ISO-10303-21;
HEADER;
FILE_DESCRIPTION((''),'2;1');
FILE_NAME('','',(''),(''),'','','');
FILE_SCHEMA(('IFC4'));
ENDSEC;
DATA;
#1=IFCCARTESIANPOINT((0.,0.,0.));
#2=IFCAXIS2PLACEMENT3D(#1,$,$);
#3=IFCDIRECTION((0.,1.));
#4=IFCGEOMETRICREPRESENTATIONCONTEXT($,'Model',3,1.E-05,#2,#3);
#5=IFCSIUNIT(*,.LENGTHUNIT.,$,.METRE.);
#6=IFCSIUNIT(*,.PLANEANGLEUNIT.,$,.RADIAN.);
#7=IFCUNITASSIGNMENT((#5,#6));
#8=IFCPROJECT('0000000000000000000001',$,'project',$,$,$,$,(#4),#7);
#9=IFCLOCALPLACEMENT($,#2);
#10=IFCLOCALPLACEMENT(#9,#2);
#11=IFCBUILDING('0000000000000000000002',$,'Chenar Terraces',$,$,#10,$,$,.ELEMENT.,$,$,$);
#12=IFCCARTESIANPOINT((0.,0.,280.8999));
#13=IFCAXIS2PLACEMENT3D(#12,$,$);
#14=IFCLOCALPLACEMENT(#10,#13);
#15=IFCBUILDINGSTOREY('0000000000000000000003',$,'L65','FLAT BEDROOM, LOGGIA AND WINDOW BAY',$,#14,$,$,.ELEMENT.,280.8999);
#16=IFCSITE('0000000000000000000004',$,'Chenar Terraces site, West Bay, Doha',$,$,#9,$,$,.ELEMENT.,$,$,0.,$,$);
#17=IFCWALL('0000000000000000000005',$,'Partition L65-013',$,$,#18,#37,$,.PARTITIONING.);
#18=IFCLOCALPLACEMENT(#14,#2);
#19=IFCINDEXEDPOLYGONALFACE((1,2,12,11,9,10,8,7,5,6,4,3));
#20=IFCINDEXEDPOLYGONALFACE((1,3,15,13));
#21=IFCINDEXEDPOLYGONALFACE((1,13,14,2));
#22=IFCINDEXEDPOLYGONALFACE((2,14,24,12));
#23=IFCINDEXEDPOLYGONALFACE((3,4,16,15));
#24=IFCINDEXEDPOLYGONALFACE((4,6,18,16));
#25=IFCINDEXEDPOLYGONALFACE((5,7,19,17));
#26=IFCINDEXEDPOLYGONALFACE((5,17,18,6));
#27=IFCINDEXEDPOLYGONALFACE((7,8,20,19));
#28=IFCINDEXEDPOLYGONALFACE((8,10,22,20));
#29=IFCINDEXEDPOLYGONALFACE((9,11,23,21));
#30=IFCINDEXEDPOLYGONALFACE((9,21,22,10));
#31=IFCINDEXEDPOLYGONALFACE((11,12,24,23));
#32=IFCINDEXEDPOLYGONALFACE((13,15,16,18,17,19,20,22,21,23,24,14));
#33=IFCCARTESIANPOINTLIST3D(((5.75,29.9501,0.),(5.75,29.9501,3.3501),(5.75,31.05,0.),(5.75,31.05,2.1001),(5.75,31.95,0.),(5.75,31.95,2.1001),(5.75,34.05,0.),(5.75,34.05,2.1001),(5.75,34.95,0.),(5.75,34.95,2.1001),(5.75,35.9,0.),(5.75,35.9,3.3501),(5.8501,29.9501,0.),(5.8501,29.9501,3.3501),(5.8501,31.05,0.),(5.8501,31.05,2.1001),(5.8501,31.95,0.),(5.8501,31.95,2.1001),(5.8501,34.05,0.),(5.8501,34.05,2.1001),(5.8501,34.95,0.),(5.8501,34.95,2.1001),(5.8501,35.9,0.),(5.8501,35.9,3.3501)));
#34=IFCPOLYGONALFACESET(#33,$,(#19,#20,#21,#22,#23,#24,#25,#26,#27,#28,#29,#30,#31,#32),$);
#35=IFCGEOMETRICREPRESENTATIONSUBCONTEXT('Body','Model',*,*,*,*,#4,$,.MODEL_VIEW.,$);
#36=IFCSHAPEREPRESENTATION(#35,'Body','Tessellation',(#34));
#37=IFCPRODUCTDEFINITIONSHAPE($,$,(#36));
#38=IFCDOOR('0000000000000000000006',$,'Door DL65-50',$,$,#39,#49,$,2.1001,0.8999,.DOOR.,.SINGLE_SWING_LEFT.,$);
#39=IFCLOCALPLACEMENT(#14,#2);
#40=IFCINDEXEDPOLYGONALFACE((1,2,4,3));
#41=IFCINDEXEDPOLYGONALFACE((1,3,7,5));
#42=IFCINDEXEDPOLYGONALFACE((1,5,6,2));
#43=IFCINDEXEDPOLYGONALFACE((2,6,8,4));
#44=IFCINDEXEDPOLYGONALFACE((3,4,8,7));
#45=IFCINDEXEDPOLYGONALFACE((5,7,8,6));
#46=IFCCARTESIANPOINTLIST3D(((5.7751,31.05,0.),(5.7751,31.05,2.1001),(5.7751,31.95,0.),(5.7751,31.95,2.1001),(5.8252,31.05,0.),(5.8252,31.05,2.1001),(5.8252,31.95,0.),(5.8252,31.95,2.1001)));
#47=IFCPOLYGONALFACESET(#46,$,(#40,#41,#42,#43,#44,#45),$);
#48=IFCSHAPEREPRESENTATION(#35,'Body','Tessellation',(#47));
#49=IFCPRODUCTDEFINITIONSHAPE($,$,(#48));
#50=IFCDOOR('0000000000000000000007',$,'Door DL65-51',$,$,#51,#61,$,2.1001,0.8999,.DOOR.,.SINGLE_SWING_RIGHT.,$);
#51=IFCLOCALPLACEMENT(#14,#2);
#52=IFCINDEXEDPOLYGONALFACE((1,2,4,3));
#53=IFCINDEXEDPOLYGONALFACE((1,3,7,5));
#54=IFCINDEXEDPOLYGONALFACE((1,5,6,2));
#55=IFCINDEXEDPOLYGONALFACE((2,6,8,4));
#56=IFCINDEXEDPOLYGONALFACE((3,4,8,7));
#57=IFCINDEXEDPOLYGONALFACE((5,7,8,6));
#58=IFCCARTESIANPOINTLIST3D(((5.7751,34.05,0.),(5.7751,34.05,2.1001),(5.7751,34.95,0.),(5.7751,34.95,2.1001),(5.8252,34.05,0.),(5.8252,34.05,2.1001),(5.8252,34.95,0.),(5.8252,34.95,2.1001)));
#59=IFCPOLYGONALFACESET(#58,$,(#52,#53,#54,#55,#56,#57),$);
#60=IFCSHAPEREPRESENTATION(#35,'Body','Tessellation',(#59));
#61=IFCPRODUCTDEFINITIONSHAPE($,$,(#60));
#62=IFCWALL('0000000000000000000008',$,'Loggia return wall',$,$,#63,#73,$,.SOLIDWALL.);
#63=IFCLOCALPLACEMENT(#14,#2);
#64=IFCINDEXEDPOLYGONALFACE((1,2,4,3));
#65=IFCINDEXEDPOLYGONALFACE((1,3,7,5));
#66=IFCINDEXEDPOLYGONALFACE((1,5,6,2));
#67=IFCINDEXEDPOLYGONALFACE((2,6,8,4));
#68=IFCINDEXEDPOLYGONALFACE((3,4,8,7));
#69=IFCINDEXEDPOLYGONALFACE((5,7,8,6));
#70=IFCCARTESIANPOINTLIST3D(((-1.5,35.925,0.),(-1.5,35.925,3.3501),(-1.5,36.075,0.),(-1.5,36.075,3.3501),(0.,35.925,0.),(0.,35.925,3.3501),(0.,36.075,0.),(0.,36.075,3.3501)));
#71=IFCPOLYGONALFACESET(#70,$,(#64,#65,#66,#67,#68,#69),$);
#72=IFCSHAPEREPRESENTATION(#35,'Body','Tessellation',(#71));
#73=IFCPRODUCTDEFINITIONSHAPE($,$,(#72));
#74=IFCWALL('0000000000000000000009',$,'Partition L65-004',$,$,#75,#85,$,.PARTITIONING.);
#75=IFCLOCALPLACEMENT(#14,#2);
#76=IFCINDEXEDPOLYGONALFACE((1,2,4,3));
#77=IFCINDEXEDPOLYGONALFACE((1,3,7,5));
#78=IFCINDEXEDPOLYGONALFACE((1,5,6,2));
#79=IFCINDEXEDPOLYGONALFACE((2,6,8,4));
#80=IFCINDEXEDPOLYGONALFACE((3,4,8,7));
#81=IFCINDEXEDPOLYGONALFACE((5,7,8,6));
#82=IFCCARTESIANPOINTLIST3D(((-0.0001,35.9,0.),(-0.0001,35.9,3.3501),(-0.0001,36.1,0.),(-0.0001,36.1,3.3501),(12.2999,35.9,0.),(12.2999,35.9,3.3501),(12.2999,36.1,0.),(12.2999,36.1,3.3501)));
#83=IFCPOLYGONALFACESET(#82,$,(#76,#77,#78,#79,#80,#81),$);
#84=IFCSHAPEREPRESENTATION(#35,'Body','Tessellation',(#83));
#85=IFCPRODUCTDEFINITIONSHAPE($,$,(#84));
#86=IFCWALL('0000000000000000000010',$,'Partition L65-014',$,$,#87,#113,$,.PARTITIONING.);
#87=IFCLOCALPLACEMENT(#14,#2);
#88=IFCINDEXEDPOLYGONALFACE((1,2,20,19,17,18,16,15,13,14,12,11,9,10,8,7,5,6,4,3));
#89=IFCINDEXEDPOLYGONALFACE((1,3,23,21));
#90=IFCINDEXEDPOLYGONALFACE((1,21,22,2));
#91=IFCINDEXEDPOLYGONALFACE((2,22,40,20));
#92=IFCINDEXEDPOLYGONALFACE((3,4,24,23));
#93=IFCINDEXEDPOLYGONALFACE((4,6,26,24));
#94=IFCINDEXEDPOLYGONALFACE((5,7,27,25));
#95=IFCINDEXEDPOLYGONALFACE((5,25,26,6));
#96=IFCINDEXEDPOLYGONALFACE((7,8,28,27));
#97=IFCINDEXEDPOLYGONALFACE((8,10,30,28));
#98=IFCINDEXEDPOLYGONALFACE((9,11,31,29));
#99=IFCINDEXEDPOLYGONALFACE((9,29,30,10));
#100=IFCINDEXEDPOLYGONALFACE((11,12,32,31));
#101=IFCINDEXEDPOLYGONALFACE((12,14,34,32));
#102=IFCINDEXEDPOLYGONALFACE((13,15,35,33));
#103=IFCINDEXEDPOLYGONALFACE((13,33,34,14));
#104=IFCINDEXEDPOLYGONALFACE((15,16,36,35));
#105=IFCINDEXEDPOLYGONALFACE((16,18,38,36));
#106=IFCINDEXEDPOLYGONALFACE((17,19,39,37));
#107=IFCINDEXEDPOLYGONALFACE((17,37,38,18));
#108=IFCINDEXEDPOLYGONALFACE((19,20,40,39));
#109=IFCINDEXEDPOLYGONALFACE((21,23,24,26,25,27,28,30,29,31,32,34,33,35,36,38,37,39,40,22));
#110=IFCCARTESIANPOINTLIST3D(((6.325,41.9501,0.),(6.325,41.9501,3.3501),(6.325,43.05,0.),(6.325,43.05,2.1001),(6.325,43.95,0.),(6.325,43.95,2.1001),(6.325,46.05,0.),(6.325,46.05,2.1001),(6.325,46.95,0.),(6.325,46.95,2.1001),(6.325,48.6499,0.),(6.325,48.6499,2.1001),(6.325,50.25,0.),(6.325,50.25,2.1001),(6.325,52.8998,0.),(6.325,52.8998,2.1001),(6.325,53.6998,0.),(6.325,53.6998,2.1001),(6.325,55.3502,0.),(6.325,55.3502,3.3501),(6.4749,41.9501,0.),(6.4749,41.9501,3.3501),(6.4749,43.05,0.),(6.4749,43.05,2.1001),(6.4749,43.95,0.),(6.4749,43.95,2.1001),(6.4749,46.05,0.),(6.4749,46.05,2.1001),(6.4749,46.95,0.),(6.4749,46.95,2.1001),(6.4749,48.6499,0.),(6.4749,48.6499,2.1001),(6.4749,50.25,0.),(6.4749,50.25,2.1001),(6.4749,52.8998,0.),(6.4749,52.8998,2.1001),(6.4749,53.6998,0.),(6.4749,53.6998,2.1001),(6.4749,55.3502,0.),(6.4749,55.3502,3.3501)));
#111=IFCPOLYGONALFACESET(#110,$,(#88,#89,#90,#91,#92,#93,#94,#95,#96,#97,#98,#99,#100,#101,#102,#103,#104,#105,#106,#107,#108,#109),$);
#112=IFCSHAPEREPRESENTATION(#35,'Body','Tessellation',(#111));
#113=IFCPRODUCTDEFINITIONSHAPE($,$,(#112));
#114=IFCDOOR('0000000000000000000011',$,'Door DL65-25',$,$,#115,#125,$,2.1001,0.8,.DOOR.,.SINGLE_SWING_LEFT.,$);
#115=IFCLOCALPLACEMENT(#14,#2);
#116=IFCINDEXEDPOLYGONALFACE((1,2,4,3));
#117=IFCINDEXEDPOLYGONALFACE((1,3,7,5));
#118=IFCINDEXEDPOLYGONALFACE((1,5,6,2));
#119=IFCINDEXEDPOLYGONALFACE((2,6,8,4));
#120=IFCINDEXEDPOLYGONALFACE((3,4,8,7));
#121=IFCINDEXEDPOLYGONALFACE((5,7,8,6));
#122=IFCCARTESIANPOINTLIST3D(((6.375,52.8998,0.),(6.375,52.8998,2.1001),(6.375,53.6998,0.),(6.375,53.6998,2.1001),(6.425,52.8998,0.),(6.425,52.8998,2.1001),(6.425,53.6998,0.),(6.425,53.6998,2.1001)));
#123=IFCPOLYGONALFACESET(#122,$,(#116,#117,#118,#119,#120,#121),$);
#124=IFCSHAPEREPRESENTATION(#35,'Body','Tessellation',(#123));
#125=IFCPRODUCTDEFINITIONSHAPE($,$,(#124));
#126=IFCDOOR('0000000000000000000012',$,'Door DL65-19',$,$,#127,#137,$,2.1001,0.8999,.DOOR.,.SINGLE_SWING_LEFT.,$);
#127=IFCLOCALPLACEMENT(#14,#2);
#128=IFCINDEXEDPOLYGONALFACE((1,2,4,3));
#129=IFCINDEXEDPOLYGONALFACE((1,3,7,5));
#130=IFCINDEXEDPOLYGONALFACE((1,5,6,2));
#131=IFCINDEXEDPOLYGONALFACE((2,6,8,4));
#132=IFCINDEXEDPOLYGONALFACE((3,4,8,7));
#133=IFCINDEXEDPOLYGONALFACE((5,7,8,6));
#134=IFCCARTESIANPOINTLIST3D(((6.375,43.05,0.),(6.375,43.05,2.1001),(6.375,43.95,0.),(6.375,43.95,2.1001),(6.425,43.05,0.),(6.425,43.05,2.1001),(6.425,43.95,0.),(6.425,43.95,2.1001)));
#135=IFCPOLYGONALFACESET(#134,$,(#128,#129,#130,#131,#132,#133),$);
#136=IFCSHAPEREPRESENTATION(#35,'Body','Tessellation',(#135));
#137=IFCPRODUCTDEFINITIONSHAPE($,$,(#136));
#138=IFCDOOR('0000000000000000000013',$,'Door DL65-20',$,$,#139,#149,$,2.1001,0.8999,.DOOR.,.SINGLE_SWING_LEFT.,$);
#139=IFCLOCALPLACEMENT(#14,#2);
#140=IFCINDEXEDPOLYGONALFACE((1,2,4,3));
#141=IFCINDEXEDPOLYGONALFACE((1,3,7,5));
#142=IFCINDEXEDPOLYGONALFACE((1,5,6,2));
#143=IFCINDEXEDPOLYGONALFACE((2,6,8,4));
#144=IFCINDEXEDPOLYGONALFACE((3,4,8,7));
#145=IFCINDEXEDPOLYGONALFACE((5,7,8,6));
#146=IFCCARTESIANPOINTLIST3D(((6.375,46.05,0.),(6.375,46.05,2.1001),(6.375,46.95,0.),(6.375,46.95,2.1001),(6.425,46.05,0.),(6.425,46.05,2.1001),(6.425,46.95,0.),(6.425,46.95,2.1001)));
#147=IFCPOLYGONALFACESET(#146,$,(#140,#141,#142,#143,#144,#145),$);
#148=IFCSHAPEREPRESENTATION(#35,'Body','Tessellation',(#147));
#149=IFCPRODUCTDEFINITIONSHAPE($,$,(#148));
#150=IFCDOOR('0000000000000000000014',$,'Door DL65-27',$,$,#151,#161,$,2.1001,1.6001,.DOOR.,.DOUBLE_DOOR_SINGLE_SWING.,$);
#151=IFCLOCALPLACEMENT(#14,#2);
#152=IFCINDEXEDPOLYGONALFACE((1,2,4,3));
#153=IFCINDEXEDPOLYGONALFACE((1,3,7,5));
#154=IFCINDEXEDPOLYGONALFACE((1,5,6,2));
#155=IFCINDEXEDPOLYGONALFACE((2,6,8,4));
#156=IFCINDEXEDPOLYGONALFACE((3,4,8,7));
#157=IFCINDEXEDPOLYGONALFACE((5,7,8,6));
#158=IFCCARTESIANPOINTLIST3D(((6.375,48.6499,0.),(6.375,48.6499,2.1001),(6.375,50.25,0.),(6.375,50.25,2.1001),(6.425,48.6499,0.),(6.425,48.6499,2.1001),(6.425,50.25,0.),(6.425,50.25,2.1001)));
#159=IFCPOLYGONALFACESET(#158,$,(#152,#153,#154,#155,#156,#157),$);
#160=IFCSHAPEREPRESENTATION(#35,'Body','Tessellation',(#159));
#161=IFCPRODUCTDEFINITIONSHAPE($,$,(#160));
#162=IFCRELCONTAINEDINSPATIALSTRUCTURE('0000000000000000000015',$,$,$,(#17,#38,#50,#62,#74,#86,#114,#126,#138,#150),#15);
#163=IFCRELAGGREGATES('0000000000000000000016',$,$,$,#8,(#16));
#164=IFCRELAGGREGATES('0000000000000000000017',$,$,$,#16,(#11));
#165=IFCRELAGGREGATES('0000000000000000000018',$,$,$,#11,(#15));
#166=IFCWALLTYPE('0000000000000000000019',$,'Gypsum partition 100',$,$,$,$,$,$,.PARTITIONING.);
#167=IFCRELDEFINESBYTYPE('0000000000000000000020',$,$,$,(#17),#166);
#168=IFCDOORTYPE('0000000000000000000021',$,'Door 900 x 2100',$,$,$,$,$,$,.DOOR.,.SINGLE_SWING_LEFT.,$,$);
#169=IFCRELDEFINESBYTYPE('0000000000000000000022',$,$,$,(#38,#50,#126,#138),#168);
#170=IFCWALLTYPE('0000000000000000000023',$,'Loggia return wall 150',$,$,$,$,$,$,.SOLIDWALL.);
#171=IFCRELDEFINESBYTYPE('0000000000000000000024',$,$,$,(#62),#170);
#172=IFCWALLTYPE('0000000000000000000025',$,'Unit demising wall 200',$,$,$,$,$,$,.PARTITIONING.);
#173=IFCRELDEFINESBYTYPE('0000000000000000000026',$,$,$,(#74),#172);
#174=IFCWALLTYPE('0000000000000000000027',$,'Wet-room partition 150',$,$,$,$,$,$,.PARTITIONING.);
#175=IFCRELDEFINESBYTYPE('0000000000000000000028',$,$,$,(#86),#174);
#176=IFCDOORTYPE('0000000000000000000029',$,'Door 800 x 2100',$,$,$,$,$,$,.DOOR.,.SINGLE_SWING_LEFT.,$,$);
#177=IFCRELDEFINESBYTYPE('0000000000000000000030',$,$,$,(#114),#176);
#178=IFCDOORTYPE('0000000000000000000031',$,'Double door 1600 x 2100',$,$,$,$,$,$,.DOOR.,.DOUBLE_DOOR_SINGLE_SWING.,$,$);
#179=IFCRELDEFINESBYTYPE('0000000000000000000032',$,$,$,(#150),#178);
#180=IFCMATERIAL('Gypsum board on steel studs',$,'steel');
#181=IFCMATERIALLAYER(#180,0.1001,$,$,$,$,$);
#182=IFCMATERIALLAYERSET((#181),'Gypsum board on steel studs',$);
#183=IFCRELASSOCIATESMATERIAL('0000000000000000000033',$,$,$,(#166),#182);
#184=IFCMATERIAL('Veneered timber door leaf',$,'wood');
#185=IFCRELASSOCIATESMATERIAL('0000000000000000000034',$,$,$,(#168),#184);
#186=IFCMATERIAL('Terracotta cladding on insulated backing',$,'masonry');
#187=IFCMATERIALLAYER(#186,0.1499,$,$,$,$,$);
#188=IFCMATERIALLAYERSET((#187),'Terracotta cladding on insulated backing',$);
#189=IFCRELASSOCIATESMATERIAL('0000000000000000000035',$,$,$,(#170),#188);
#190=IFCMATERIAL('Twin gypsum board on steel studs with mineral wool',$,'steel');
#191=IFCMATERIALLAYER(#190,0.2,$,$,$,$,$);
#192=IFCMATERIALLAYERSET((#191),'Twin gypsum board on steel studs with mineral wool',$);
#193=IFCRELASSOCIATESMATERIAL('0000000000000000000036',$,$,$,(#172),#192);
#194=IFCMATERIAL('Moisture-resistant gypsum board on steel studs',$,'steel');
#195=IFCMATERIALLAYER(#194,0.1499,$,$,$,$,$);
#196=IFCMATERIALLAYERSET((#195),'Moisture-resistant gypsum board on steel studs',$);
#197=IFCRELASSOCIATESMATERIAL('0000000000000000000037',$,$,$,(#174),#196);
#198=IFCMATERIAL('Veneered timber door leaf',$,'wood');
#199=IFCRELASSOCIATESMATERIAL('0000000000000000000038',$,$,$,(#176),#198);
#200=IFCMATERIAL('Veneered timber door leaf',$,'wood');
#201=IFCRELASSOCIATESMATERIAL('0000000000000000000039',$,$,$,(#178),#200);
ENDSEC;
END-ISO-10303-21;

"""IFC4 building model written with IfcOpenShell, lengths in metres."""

from ifc_helpers import new_model, si_unit, direction, frame, frame_2d, origin, place, context, subcontext, project, spatial, rectangle, extrude, material, layer, layer_set, type_object, element, fill, save


model = new_model("IFC4")

# Units and contexts
model_context = context("Model", 3, precision=1e-05, world=origin(), true_north=direction((0.0, 1.0)))
body_context = subcontext(model_context, "Body", "Model", "MODEL_VIEW")
ifc_project = project(units=[si_unit("LENGTHUNIT", "METRE"), si_unit("PLANEANGLEUNIT", "RADIAN")], contexts=[model_context])

# Site, building, storey
site_placement = place(None, origin())
site = spatial("IfcSite", under=ifc_project, at=site_placement, Name="Chenar Terraces site, West Bay, Doha", CompositionType="ELEMENT", RefElevation=0.0)
building_placement = place(site_placement, origin())
building = spatial("IfcBuilding", under=site, at=building_placement, Name="Chenar Terraces", CompositionType="ELEMENT")
storey_placement = place(building_placement, frame((0.0, 0.0, 280.8999)))
storey = spatial("IfcBuildingStorey", under=building, at=storey_placement, Name="L65", Description="FLAT BEDROOM, LOGGIA AND WINDOW BAY", CompositionType="ELEMENT", Elevation=280.8999)

# Shared definitions
placement = place(storey_placement, frame((0.0, 36.0, 0.0), z_axis=(0.0, 0.0, 1.0), x_axis=(1.0, 0.0, 0.0)))

# Shared definitions
ifc_material_1 = material(Name="Gypsum board on steel studs", Category="steel")
ifc_layer_1 = layer(ifc_material_1, 0.1001)
ifc_layer_set_1 = layer_set([ifc_layer_1], Name="Gypsum board on steel studs")
wall_type_1 = type_object("IfcWallType", Name="Gypsum partition 100", PredefinedType="PARTITIONING", material=ifc_layer_set_1)

# Wall, openings, doors
wall_1_placement = place(storey_placement, frame((5.8, 29.95, 0.0), z_axis=(0.0, 0.0, 1.0), x_axis=(0.0, 1.0, 0.0)))
wall_1 = element("IfcWall", 1, at=wall_1_placement, inside=storey, type_object=wall_type_1, Name="Partition L65-013", PredefinedType="PARTITIONING", context=body_context, shape_type="SweptSolid", body=[
    extrude(rectangle(XDim=5.95, YDim=0.1001, at=frame_2d((2.9751, 0.0))), origin(), (0.0, 0.0, 1.0), 3.3501),
])
opening_1_placement = place(wall_1_placement, frame((1.1001, 0.0, 0.0)))
opening_1 = element("IfcOpeningElement", 2, at=opening_1_placement, cuts=wall_1, PredefinedType="OPENING", context=body_context, shape_type="SweptSolid", body=[
    extrude(rectangle(XDim=0.8999, YDim=2.1001, at=frame_2d((0.45, 1.05))), frame((0.0, 0.0601, 0.0), z_axis=(0.0, -1.0, 0.0), x_axis=(1.0, 0.0, 0.0)), (0.0, 0.0, 1.0), 0.1201),
])
opening_2_placement = place(wall_1_placement, frame((4.1001, 0.0, 0.0)))
opening_2 = element("IfcOpeningElement", 3, at=opening_2_placement, cuts=wall_1, PredefinedType="OPENING", context=body_context, shape_type="SweptSolid", body=[
    extrude(rectangle(XDim=0.8999, YDim=2.1001, at=frame_2d((0.45, 1.05))), frame((0.0, 0.0601, 0.0), z_axis=(0.0, -1.0, 0.0), x_axis=(1.0, 0.0, 0.0)), (0.0, 0.0, 1.0), 0.1201),
])
ifc_material_2 = material(Name="Veneered timber door leaf", Category="wood")
door_type_1 = type_object("IfcDoorType", Name="Door 900 x 2100", OperationType="SINGLE_SWING_LEFT", PredefinedType="DOOR", material=ifc_material_2)
door_1_placement = place(opening_1_placement, origin())
door_1 = element("IfcDoor", 4, at=door_1_placement, inside=storey, type_object=door_type_1, Name="Door DL65-50", OperationType="SINGLE_SWING_LEFT", OverallHeight=2.1001, OverallWidth=0.8999, PredefinedType="DOOR", context=body_context, shape_type="SweptSolid", body=[
    extrude(rectangle(XDim=0.8999, YDim=2.1001, at=frame_2d((0.45, 1.05))), frame((0.0, 0.0249, 0.0), z_axis=(0.0, -1.0, 0.0), x_axis=(1.0, 0.0, 0.0)), (0.0, 0.0, 1.0), 0.05),
])
fill(opening_1, door_1)
door_2_placement = place(opening_2_placement, origin())
door_2 = element("IfcDoor", 5, at=door_2_placement, inside=storey, type_object=door_type_1, Name="Door DL65-51", OperationType="SINGLE_SWING_RIGHT", OverallHeight=2.1001, OverallWidth=0.8999, PredefinedType="DOOR", context=body_context, shape_type="SweptSolid", body=[
    extrude(rectangle(XDim=0.8999, YDim=2.1001, at=frame_2d((0.45, 1.05))), frame((0.0, 0.0249, 0.0), z_axis=(0.0, -1.0, 0.0), x_axis=(1.0, 0.0, 0.0)), (0.0, 0.0, 1.0), 0.05),
])
fill(opening_2, door_2)

# Walls
ifc_material_3 = material(Name="Terracotta cladding on insulated backing", Category="masonry")
ifc_layer_2 = layer(ifc_material_3, 0.1499)
ifc_layer_set_2 = layer_set([ifc_layer_2], Name="Terracotta cladding on insulated backing")
wall_type_2 = type_object("IfcWallType", Name="Loggia return wall 150", PredefinedType="SOLIDWALL", material=ifc_layer_set_2)
wall_2_placement = place(storey_placement, frame((-1.5, 36.0, 0.0), z_axis=(0.0, 0.0, 1.0), x_axis=(1.0, 0.0, 0.0)))
element("IfcWall", 6, at=wall_2_placement, inside=storey, type_object=wall_type_2, Name="Loggia return wall", PredefinedType="SOLIDWALL", context=body_context, shape_type="SweptSolid", body=[
    extrude(rectangle(XDim=1.5, YDim=0.1499, at=frame_2d((0.75, 0.0))), origin(), (0.0, 0.0, 1.0), 3.3501),
])
ifc_material_4 = material(Name="Twin gypsum board on steel studs with mineral wool", Category="steel")
ifc_layer_3 = layer(ifc_material_4, 0.2)
ifc_layer_set_3 = layer_set([ifc_layer_3], Name="Twin gypsum board on steel studs with mineral wool")
wall_type_3 = type_object("IfcWallType", Name="Unit demising wall 200", PredefinedType="PARTITIONING", material=ifc_layer_set_3)
element("IfcWall", 7, at=placement, inside=storey, type_object=wall_type_3, Name="Partition L65-004", PredefinedType="PARTITIONING", context=body_context, shape_type="SweptSolid", body=[
    extrude(rectangle(XDim=12.3, YDim=0.2, at=frame_2d((6.1499, 0.0))), origin(), (0.0, 0.0, 1.0), 3.3501),
])

# Wall, openings, doors
ifc_material_5 = material(Name="Moisture-resistant gypsum board on steel studs", Category="steel")
ifc_layer_4 = layer(ifc_material_5, 0.1499)
ifc_layer_set_4 = layer_set([ifc_layer_4], Name="Moisture-resistant gypsum board on steel studs")
wall_type_4 = type_object("IfcWallType", Name="Wet-room partition 150", PredefinedType="PARTITIONING", material=ifc_layer_set_4)
wall_3_placement = place(storey_placement, frame((6.3999, 41.95, 0.0), z_axis=(0.0, 0.0, 1.0), x_axis=(0.0, 1.0, 0.0)))
wall_3 = element("IfcWall", 8, at=wall_3_placement, inside=storey, type_object=wall_type_4, Name="Partition L65-014", PredefinedType="PARTITIONING", context=body_context, shape_type="SweptSolid", body=[
    extrude(rectangle(XDim=13.4001, YDim=0.1499, at=frame_2d((6.7002, 0.0))), origin(), (0.0, 0.0, 1.0), 3.3501),
])
opening_3_placement = place(wall_3_placement, frame((1.1001, 0.0, 0.0)))
opening_3 = element("IfcOpeningElement", 9, at=opening_3_placement, cuts=wall_3, PredefinedType="OPENING", context=body_context, shape_type="SweptSolid", body=[
    extrude(rectangle(XDim=0.8999, YDim=2.1001, at=frame_2d((0.45, 1.05))), frame((0.0, 0.085, 0.0), z_axis=(0.0, -1.0, 0.0), x_axis=(1.0, 0.0, 0.0)), (0.0, 0.0, 1.0), 0.1699),
])
opening_4_placement = place(wall_3_placement, frame((4.1001, 0.0, 0.0)))
opening_4 = element("IfcOpeningElement", 10, at=opening_4_placement, cuts=wall_3, PredefinedType="OPENING", context=body_context, shape_type="SweptSolid", body=[
    extrude(rectangle(XDim=0.8999, YDim=2.1001, at=frame_2d((0.45, 1.05))), frame((0.0, 0.085, 0.0), z_axis=(0.0, -1.0, 0.0), x_axis=(1.0, 0.0, 0.0)), (0.0, 0.0, 1.0), 0.1699),
])
opening_5_placement = place(wall_3_placement, frame((10.95, 0.0, 0.0)))
opening_5 = element("IfcOpeningElement", 11, at=opening_5_placement, cuts=wall_3, PredefinedType="OPENING", context=body_context, shape_type="SweptSolid", body=[
    extrude(rectangle(XDim=0.8, YDim=2.1001, at=frame_2d((0.3999, 1.05))), frame((0.0, 0.085, 0.0), z_axis=(0.0, -1.0, 0.0), x_axis=(1.0, 0.0, 0.0)), (0.0, 0.0, 1.0), 0.1699),
])
opening_6_placement = place(wall_3_placement, frame((6.7, 0.0, 0.0)))
opening_6 = element("IfcOpeningElement", 12, at=opening_6_placement, cuts=wall_3, PredefinedType="OPENING", context=body_context, shape_type="SweptSolid", body=[
    extrude(rectangle(XDim=1.6001, YDim=2.1001, at=frame_2d((0.8, 1.05))), frame((0.0, 0.085, 0.0), z_axis=(0.0, -1.0, 0.0), x_axis=(1.0, 0.0, 0.0)), (0.0, 0.0, 1.0), 0.1699),
])
ifc_material_6 = material(Name="Veneered timber door leaf", Category="wood")
door_type_2 = type_object("IfcDoorType", Name="Door 800 x 2100", OperationType="SINGLE_SWING_LEFT", PredefinedType="DOOR", material=ifc_material_6)
door_3_placement = place(opening_5_placement, origin())
door_3 = element("IfcDoor", 13, at=door_3_placement, inside=storey, type_object=door_type_2, Name="Door DL65-25", OperationType="SINGLE_SWING_LEFT", OverallHeight=2.1001, OverallWidth=0.8, PredefinedType="DOOR", context=body_context, shape_type="SweptSolid", body=[
    extrude(rectangle(XDim=0.8, YDim=2.1001, at=frame_2d((0.3999, 1.05))), frame((0.0, 0.0249, 0.0), z_axis=(0.0, -1.0, 0.0), x_axis=(1.0, 0.0, 0.0)), (0.0, 0.0, 1.0), 0.05),
])
fill(opening_5, door_3)
door_4_placement = place(opening_3_placement, origin())
door_4 = element("IfcDoor", 14, at=door_4_placement, inside=storey, type_object=door_type_1, Name="Door DL65-19", OperationType="SINGLE_SWING_LEFT", OverallHeight=2.1001, OverallWidth=0.8999, PredefinedType="DOOR", context=body_context, shape_type="SweptSolid", body=[
    extrude(rectangle(XDim=0.8999, YDim=2.1001, at=frame_2d((0.45, 1.05))), frame((0.0, 0.0249, 0.0), z_axis=(0.0, -1.0, 0.0), x_axis=(1.0, 0.0, 0.0)), (0.0, 0.0, 1.0), 0.05),
])
fill(opening_3, door_4)
door_5_placement = place(opening_4_placement, origin())
door_5 = element("IfcDoor", 15, at=door_5_placement, inside=storey, type_object=door_type_1, Name="Door DL65-20", OperationType="SINGLE_SWING_LEFT", OverallHeight=2.1001, OverallWidth=0.8999, PredefinedType="DOOR", context=body_context, shape_type="SweptSolid", body=[
    extrude(rectangle(XDim=0.8999, YDim=2.1001, at=frame_2d((0.45, 1.05))), frame((0.0, 0.0249, 0.0), z_axis=(0.0, -1.0, 0.0), x_axis=(1.0, 0.0, 0.0)), (0.0, 0.0, 1.0), 0.05),
])
fill(opening_4, door_5)
ifc_material_7 = material(Name="Veneered timber door leaf", Category="wood")
door_type_3 = type_object("IfcDoorType", Name="Double door 1600 x 2100", OperationType="DOUBLE_DOOR_SINGLE_SWING", PredefinedType="DOOR", material=ifc_material_7)
door_6_placement = place(opening_6_placement, origin())
door_6 = element("IfcDoor", 16, at=door_6_placement, inside=storey, type_object=door_type_3, Name="Door DL65-27", OperationType="DOUBLE_DOOR_SINGLE_SWING", OverallHeight=2.1001, OverallWidth=1.6001, PredefinedType="DOOR", context=body_context, shape_type="SweptSolid", body=[
    extrude(rectangle(XDim=1.6001, YDim=2.1001, at=frame_2d((0.8, 1.05))), frame((0.0, 0.0249, 0.0), z_axis=(0.0, -1.0, 0.0), x_axis=(1.0, 0.0, 0.0)), (0.0, 0.0, 1.0), 0.05),
])
fill(opening_6, door_6)

save(model, "model.ifc")
